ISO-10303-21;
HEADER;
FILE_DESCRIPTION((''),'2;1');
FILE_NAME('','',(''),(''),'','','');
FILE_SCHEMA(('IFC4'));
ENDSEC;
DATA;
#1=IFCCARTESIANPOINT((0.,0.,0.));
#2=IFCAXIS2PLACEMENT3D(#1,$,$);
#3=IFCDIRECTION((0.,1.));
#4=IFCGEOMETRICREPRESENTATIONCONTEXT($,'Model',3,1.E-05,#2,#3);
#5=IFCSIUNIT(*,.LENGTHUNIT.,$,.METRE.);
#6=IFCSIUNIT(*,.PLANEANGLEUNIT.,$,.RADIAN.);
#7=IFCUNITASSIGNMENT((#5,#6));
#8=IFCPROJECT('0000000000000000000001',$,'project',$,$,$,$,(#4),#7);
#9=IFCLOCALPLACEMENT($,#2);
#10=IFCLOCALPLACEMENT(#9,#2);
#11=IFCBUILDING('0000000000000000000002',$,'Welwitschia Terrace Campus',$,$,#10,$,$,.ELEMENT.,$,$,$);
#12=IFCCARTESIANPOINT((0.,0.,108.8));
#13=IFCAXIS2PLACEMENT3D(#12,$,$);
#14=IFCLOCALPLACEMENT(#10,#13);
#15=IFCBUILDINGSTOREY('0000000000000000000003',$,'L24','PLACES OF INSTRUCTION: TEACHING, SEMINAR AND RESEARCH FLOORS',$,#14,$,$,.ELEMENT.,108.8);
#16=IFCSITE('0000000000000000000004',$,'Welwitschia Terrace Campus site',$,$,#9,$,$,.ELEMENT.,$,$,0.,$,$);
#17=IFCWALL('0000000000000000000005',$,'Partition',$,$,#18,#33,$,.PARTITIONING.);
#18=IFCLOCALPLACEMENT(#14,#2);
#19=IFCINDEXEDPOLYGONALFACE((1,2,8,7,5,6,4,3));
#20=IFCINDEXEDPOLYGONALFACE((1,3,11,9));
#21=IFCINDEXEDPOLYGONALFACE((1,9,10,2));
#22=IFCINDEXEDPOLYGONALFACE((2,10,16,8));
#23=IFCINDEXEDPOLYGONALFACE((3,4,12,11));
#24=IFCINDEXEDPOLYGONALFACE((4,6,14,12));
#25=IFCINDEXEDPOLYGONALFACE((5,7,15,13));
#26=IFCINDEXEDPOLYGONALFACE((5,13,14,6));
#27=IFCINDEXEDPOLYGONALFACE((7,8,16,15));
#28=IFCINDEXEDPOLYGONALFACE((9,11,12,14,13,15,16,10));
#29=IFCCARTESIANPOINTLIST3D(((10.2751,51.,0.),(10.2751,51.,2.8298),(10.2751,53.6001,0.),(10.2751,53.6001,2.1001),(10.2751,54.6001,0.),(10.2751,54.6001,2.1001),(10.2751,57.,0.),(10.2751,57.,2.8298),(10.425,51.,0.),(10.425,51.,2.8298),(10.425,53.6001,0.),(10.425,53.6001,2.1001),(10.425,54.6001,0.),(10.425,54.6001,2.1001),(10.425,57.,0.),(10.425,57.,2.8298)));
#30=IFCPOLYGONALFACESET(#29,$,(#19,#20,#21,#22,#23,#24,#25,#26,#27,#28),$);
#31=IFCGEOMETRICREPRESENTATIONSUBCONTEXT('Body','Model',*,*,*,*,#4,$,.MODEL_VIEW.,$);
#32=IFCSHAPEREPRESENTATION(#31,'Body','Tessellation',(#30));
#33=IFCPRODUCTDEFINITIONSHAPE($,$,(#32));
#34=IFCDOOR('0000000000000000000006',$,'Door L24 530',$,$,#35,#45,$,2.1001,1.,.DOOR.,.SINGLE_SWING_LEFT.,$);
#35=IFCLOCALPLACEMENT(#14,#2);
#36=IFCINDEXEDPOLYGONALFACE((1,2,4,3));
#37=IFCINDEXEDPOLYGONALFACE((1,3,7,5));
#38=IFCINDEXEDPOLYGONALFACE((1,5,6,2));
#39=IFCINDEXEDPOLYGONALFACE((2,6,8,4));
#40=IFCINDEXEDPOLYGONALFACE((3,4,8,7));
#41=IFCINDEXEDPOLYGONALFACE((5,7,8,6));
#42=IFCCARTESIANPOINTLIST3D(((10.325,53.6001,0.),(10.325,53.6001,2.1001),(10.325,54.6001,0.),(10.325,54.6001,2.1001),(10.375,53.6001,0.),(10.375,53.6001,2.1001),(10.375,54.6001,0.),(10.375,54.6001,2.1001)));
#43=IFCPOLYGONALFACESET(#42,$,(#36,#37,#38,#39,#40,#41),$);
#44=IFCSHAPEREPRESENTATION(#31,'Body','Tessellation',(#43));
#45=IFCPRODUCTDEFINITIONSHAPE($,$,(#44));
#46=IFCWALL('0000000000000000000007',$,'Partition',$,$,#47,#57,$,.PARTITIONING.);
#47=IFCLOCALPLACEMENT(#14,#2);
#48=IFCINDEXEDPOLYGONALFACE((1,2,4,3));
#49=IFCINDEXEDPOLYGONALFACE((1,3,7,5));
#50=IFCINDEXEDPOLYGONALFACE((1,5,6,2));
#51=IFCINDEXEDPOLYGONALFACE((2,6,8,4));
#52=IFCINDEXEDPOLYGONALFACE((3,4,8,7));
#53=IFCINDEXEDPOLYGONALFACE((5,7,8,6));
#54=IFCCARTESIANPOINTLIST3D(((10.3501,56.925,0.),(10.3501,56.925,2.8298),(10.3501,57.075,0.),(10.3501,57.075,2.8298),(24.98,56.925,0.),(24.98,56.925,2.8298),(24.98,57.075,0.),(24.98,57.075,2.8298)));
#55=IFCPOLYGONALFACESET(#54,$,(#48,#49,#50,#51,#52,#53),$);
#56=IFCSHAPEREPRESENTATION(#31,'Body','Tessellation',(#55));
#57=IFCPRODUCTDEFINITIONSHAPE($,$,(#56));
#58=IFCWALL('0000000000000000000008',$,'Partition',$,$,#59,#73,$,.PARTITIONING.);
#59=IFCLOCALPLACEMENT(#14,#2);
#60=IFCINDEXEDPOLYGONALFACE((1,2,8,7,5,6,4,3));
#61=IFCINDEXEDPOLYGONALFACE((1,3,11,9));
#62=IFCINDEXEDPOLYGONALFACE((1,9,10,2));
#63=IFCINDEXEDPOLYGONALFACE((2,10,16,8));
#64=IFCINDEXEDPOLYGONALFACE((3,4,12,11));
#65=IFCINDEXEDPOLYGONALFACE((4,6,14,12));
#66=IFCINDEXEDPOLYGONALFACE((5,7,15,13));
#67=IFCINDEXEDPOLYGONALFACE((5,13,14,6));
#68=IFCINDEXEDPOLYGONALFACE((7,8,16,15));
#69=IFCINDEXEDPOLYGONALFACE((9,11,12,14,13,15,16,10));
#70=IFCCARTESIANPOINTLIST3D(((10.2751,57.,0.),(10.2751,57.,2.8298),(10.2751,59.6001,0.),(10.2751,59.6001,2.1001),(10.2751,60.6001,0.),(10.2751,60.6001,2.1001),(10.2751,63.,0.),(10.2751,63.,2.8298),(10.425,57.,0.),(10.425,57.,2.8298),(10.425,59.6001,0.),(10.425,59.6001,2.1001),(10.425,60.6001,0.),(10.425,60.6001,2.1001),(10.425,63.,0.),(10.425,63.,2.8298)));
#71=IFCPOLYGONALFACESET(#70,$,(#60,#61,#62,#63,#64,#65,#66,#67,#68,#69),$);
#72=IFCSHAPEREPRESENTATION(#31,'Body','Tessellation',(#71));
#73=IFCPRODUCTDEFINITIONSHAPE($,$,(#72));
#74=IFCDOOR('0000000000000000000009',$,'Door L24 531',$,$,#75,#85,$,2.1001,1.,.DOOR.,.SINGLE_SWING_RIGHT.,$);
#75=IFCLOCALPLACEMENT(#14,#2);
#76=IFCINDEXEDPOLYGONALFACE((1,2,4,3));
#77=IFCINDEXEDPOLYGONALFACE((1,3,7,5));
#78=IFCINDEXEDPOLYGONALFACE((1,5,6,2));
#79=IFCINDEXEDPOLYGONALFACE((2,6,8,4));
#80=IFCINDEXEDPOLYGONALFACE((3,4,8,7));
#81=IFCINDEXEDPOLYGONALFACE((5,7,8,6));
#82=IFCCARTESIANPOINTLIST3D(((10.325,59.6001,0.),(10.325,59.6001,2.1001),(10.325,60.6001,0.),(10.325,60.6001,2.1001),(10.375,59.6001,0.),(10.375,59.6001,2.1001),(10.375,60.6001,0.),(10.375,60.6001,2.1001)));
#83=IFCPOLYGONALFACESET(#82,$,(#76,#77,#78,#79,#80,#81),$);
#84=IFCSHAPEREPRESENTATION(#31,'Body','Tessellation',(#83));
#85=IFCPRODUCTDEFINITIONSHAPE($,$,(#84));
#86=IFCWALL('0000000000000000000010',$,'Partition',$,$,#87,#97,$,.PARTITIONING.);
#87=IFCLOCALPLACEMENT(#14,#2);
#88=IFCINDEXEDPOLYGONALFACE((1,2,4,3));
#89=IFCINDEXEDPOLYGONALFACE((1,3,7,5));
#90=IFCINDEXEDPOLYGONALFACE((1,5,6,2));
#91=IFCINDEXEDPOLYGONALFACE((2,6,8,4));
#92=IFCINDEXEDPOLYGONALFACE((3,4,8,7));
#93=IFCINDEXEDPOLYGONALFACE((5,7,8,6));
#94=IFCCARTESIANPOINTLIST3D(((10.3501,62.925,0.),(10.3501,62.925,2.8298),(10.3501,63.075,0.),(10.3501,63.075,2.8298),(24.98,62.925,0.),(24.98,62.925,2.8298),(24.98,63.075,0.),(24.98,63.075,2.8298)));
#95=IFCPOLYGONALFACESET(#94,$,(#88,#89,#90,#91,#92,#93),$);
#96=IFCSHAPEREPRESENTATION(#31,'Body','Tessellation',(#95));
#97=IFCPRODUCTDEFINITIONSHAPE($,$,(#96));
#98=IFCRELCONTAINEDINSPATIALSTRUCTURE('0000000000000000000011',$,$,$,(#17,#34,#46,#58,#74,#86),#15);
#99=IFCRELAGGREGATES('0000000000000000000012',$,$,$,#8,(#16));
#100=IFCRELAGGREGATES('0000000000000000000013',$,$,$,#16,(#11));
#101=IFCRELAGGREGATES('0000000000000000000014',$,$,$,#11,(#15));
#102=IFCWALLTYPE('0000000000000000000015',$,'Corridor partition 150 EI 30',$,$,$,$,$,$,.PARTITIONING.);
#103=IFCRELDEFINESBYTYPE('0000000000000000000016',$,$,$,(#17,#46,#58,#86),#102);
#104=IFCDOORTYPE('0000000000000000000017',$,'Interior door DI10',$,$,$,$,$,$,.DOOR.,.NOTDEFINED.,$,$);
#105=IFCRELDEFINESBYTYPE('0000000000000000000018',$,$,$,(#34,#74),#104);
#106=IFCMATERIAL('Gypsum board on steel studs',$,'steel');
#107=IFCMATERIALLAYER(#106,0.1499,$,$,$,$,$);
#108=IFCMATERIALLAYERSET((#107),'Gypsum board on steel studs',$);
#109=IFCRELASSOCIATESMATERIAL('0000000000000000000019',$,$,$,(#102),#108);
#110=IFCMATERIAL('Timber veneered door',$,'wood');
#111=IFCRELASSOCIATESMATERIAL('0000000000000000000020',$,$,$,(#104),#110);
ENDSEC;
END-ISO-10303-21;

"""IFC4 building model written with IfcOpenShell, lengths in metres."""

from ifc_helpers import new_model, si_unit, direction, frame, frame_2d, origin, place, context, subcontext, project, spatial, rectangle, extrude, material, layer, layer_set, type_object, element, fill, save


model = new_model("IFC4")

# Units and contexts
model_context = context("Model", 3, precision=1e-05, world=origin(), true_north=direction((0.0, 1.0)))
body_context = subcontext(model_context, "Body", "Model", "MODEL_VIEW")
ifc_project = project(units=[si_unit("LENGTHUNIT", "METRE"), si_unit("PLANEANGLEUNIT", "RADIAN")], contexts=[model_context])

# Site, building, storey
site_placement = place(None, origin())
site = spatial("IfcSite", under=ifc_project, at=site_placement, Name="Welwitschia Terrace Campus site", CompositionType="ELEMENT", RefElevation=0.0)
building_placement = place(site_placement, origin())
building = spatial("IfcBuilding", under=site, at=building_placement, Name="Welwitschia Terrace Campus", CompositionType="ELEMENT")
storey_placement = place(building_placement, frame((0.0, 0.0, 108.8)))
storey = spatial("IfcBuildingStorey", under=building, at=storey_placement, Name="L24", Description="PLACES OF INSTRUCTION: TEACHING, SEMINAR AND RESEARCH FLOORS", CompositionType="ELEMENT", Elevation=108.8)

# Shared definitions
ifc_material_1 = material(Name="Gypsum board on steel studs", Category="steel")
ifc_layer_1 = layer(ifc_material_1, 0.1499)
ifc_layer_set_1 = layer_set([ifc_layer_1], Name="Gypsum board on steel studs")
wall_type = type_object("IfcWallType", Name="Corridor partition 150 EI 30", PredefinedType="PARTITIONING", material=ifc_layer_set_1)

# Wall, opening, door
wall_1_placement = place(storey_placement, frame((10.3501, 57.0, 0.0), z_axis=(0.0, 0.0, 1.0), x_axis=(0.0, -1.0, 0.0)))
wall_1 = element("IfcWall", 1, at=wall_1_placement, inside=storey, type_object=wall_type, Name="Partition", PredefinedType="PARTITIONING", context=body_context, shape_type="SweptSolid", body=[
    extrude(rectangle(XDim=6.0, YDim=0.1499, at=frame_2d((3.0, 0.0))), origin(), (0.0, 0.0, 1.0), 2.8298),
])
opening_1_placement = place(wall_1_placement, frame((2.3999, 0.0, 0.0)))
opening_1 = element("IfcOpeningElement", 2, at=opening_1_placement, cuts=wall_1, PredefinedType="OPENING", context=body_context, shape_type="SweptSolid", body=[
    extrude(rectangle(XDim=1.0, YDim=2.1001, at=frame_2d((0.5, 1.05))), frame((0.0, 0.085, 0.0), z_axis=(0.0, -1.0, 0.0), x_axis=(1.0, 0.0, 0.0)), (0.0, 0.0, 1.0), 0.1699),
])
ifc_material_2 = material(Name="Timber veneered door", Category="wood")
door_type_1 = type_object("IfcDoorType", Name="Interior door DI10", OperationType="NOTDEFINED", PredefinedType="DOOR", material=ifc_material_2)
door_1_placement = place(opening_1_placement, origin())
door_1 = element("IfcDoor", 3, at=door_1_placement, inside=storey, type_object=door_type_1, Name="Door L24 530", OperationType="SINGLE_SWING_LEFT", OverallHeight=2.1001, OverallWidth=1.0, PredefinedType="DOOR", context=body_context, shape_type="SweptSolid", body=[
    extrude(rectangle(XDim=1.0, YDim=2.1001, at=frame_2d((0.5, 1.05))), frame((0.0, 0.0249, 0.0), z_axis=(0.0, -1.0, 0.0), x_axis=(1.0, 0.0, 0.0)), (0.0, 0.0, 1.0), 0.05),
])
fill(opening_1, door_1)

# Wall
wall_2_placement = place(storey_placement, frame((10.3501, 57.0, 0.0), z_axis=(0.0, 0.0, 1.0), x_axis=(1.0, 0.0, 0.0)))
element("IfcWall", 4, at=wall_2_placement, inside=storey, type_object=wall_type, Name="Partition", PredefinedType="PARTITIONING", context=body_context, shape_type="SweptSolid", body=[
    extrude(rectangle(XDim=14.6299, YDim=0.1499, at=frame_2d((7.3149, 0.0))), origin(), (0.0, 0.0, 1.0), 2.8298),
])

# Wall, opening, door
wall_3_placement = place(storey_placement, frame((10.3501, 63.0, 0.0), z_axis=(0.0, 0.0, 1.0), x_axis=(0.0, -1.0, 0.0)))
wall_3 = element("IfcWall", 5, at=wall_3_placement, inside=storey, type_object=wall_type, Name="Partition", PredefinedType="PARTITIONING", context=body_context, shape_type="SweptSolid", body=[
    extrude(rectangle(XDim=6.0, YDim=0.1499, at=frame_2d((3.0, 0.0))), origin(), (0.0, 0.0, 1.0), 2.8298),
])
opening_2_placement = place(wall_3_placement, frame((2.3999, 0.0, 0.0)))
opening_2 = element("IfcOpeningElement", 6, at=opening_2_placement, cuts=wall_3, PredefinedType="OPENING", context=body_context, shape_type="SweptSolid", body=[
    extrude(rectangle(XDim=1.0, YDim=2.1001, at=frame_2d((0.5, 1.05))), frame((0.0, 0.085, 0.0), z_axis=(0.0, -1.0, 0.0), x_axis=(1.0, 0.0, 0.0)), (0.0, 0.0, 1.0), 0.1699),
])
door_2_placement = place(opening_2_placement, origin())
door_2 = element("IfcDoor", 7, at=door_2_placement, inside=storey, type_object=door_type_1, Name="Door L24 531", OperationType="SINGLE_SWING_RIGHT", OverallHeight=2.1001, OverallWidth=1.0, PredefinedType="DOOR", context=body_context, shape_type="SweptSolid", body=[
    extrude(rectangle(XDim=1.0, YDim=2.1001, at=frame_2d((0.5, 1.05))), frame((0.0, 0.0249, 0.0), z_axis=(0.0, -1.0, 0.0), x_axis=(1.0, 0.0, 0.0)), (0.0, 0.0, 1.0), 0.05),
])
fill(opening_2, door_2)

# Wall
wall_4_placement = place(storey_placement, frame((10.3501, 63.0, 0.0), z_axis=(0.0, 0.0, 1.0), x_axis=(1.0, 0.0, 0.0)))
element("IfcWall", 8, at=wall_4_placement, inside=storey, type_object=wall_type, Name="Partition", PredefinedType="PARTITIONING", context=body_context, shape_type="SweptSolid", body=[
    extrude(rectangle(XDim=14.6299, YDim=0.1499, at=frame_2d((7.3149, 0.0))), origin(), (0.0, 0.0, 1.0), 2.8298),
])

save(model, "model.ifc")
